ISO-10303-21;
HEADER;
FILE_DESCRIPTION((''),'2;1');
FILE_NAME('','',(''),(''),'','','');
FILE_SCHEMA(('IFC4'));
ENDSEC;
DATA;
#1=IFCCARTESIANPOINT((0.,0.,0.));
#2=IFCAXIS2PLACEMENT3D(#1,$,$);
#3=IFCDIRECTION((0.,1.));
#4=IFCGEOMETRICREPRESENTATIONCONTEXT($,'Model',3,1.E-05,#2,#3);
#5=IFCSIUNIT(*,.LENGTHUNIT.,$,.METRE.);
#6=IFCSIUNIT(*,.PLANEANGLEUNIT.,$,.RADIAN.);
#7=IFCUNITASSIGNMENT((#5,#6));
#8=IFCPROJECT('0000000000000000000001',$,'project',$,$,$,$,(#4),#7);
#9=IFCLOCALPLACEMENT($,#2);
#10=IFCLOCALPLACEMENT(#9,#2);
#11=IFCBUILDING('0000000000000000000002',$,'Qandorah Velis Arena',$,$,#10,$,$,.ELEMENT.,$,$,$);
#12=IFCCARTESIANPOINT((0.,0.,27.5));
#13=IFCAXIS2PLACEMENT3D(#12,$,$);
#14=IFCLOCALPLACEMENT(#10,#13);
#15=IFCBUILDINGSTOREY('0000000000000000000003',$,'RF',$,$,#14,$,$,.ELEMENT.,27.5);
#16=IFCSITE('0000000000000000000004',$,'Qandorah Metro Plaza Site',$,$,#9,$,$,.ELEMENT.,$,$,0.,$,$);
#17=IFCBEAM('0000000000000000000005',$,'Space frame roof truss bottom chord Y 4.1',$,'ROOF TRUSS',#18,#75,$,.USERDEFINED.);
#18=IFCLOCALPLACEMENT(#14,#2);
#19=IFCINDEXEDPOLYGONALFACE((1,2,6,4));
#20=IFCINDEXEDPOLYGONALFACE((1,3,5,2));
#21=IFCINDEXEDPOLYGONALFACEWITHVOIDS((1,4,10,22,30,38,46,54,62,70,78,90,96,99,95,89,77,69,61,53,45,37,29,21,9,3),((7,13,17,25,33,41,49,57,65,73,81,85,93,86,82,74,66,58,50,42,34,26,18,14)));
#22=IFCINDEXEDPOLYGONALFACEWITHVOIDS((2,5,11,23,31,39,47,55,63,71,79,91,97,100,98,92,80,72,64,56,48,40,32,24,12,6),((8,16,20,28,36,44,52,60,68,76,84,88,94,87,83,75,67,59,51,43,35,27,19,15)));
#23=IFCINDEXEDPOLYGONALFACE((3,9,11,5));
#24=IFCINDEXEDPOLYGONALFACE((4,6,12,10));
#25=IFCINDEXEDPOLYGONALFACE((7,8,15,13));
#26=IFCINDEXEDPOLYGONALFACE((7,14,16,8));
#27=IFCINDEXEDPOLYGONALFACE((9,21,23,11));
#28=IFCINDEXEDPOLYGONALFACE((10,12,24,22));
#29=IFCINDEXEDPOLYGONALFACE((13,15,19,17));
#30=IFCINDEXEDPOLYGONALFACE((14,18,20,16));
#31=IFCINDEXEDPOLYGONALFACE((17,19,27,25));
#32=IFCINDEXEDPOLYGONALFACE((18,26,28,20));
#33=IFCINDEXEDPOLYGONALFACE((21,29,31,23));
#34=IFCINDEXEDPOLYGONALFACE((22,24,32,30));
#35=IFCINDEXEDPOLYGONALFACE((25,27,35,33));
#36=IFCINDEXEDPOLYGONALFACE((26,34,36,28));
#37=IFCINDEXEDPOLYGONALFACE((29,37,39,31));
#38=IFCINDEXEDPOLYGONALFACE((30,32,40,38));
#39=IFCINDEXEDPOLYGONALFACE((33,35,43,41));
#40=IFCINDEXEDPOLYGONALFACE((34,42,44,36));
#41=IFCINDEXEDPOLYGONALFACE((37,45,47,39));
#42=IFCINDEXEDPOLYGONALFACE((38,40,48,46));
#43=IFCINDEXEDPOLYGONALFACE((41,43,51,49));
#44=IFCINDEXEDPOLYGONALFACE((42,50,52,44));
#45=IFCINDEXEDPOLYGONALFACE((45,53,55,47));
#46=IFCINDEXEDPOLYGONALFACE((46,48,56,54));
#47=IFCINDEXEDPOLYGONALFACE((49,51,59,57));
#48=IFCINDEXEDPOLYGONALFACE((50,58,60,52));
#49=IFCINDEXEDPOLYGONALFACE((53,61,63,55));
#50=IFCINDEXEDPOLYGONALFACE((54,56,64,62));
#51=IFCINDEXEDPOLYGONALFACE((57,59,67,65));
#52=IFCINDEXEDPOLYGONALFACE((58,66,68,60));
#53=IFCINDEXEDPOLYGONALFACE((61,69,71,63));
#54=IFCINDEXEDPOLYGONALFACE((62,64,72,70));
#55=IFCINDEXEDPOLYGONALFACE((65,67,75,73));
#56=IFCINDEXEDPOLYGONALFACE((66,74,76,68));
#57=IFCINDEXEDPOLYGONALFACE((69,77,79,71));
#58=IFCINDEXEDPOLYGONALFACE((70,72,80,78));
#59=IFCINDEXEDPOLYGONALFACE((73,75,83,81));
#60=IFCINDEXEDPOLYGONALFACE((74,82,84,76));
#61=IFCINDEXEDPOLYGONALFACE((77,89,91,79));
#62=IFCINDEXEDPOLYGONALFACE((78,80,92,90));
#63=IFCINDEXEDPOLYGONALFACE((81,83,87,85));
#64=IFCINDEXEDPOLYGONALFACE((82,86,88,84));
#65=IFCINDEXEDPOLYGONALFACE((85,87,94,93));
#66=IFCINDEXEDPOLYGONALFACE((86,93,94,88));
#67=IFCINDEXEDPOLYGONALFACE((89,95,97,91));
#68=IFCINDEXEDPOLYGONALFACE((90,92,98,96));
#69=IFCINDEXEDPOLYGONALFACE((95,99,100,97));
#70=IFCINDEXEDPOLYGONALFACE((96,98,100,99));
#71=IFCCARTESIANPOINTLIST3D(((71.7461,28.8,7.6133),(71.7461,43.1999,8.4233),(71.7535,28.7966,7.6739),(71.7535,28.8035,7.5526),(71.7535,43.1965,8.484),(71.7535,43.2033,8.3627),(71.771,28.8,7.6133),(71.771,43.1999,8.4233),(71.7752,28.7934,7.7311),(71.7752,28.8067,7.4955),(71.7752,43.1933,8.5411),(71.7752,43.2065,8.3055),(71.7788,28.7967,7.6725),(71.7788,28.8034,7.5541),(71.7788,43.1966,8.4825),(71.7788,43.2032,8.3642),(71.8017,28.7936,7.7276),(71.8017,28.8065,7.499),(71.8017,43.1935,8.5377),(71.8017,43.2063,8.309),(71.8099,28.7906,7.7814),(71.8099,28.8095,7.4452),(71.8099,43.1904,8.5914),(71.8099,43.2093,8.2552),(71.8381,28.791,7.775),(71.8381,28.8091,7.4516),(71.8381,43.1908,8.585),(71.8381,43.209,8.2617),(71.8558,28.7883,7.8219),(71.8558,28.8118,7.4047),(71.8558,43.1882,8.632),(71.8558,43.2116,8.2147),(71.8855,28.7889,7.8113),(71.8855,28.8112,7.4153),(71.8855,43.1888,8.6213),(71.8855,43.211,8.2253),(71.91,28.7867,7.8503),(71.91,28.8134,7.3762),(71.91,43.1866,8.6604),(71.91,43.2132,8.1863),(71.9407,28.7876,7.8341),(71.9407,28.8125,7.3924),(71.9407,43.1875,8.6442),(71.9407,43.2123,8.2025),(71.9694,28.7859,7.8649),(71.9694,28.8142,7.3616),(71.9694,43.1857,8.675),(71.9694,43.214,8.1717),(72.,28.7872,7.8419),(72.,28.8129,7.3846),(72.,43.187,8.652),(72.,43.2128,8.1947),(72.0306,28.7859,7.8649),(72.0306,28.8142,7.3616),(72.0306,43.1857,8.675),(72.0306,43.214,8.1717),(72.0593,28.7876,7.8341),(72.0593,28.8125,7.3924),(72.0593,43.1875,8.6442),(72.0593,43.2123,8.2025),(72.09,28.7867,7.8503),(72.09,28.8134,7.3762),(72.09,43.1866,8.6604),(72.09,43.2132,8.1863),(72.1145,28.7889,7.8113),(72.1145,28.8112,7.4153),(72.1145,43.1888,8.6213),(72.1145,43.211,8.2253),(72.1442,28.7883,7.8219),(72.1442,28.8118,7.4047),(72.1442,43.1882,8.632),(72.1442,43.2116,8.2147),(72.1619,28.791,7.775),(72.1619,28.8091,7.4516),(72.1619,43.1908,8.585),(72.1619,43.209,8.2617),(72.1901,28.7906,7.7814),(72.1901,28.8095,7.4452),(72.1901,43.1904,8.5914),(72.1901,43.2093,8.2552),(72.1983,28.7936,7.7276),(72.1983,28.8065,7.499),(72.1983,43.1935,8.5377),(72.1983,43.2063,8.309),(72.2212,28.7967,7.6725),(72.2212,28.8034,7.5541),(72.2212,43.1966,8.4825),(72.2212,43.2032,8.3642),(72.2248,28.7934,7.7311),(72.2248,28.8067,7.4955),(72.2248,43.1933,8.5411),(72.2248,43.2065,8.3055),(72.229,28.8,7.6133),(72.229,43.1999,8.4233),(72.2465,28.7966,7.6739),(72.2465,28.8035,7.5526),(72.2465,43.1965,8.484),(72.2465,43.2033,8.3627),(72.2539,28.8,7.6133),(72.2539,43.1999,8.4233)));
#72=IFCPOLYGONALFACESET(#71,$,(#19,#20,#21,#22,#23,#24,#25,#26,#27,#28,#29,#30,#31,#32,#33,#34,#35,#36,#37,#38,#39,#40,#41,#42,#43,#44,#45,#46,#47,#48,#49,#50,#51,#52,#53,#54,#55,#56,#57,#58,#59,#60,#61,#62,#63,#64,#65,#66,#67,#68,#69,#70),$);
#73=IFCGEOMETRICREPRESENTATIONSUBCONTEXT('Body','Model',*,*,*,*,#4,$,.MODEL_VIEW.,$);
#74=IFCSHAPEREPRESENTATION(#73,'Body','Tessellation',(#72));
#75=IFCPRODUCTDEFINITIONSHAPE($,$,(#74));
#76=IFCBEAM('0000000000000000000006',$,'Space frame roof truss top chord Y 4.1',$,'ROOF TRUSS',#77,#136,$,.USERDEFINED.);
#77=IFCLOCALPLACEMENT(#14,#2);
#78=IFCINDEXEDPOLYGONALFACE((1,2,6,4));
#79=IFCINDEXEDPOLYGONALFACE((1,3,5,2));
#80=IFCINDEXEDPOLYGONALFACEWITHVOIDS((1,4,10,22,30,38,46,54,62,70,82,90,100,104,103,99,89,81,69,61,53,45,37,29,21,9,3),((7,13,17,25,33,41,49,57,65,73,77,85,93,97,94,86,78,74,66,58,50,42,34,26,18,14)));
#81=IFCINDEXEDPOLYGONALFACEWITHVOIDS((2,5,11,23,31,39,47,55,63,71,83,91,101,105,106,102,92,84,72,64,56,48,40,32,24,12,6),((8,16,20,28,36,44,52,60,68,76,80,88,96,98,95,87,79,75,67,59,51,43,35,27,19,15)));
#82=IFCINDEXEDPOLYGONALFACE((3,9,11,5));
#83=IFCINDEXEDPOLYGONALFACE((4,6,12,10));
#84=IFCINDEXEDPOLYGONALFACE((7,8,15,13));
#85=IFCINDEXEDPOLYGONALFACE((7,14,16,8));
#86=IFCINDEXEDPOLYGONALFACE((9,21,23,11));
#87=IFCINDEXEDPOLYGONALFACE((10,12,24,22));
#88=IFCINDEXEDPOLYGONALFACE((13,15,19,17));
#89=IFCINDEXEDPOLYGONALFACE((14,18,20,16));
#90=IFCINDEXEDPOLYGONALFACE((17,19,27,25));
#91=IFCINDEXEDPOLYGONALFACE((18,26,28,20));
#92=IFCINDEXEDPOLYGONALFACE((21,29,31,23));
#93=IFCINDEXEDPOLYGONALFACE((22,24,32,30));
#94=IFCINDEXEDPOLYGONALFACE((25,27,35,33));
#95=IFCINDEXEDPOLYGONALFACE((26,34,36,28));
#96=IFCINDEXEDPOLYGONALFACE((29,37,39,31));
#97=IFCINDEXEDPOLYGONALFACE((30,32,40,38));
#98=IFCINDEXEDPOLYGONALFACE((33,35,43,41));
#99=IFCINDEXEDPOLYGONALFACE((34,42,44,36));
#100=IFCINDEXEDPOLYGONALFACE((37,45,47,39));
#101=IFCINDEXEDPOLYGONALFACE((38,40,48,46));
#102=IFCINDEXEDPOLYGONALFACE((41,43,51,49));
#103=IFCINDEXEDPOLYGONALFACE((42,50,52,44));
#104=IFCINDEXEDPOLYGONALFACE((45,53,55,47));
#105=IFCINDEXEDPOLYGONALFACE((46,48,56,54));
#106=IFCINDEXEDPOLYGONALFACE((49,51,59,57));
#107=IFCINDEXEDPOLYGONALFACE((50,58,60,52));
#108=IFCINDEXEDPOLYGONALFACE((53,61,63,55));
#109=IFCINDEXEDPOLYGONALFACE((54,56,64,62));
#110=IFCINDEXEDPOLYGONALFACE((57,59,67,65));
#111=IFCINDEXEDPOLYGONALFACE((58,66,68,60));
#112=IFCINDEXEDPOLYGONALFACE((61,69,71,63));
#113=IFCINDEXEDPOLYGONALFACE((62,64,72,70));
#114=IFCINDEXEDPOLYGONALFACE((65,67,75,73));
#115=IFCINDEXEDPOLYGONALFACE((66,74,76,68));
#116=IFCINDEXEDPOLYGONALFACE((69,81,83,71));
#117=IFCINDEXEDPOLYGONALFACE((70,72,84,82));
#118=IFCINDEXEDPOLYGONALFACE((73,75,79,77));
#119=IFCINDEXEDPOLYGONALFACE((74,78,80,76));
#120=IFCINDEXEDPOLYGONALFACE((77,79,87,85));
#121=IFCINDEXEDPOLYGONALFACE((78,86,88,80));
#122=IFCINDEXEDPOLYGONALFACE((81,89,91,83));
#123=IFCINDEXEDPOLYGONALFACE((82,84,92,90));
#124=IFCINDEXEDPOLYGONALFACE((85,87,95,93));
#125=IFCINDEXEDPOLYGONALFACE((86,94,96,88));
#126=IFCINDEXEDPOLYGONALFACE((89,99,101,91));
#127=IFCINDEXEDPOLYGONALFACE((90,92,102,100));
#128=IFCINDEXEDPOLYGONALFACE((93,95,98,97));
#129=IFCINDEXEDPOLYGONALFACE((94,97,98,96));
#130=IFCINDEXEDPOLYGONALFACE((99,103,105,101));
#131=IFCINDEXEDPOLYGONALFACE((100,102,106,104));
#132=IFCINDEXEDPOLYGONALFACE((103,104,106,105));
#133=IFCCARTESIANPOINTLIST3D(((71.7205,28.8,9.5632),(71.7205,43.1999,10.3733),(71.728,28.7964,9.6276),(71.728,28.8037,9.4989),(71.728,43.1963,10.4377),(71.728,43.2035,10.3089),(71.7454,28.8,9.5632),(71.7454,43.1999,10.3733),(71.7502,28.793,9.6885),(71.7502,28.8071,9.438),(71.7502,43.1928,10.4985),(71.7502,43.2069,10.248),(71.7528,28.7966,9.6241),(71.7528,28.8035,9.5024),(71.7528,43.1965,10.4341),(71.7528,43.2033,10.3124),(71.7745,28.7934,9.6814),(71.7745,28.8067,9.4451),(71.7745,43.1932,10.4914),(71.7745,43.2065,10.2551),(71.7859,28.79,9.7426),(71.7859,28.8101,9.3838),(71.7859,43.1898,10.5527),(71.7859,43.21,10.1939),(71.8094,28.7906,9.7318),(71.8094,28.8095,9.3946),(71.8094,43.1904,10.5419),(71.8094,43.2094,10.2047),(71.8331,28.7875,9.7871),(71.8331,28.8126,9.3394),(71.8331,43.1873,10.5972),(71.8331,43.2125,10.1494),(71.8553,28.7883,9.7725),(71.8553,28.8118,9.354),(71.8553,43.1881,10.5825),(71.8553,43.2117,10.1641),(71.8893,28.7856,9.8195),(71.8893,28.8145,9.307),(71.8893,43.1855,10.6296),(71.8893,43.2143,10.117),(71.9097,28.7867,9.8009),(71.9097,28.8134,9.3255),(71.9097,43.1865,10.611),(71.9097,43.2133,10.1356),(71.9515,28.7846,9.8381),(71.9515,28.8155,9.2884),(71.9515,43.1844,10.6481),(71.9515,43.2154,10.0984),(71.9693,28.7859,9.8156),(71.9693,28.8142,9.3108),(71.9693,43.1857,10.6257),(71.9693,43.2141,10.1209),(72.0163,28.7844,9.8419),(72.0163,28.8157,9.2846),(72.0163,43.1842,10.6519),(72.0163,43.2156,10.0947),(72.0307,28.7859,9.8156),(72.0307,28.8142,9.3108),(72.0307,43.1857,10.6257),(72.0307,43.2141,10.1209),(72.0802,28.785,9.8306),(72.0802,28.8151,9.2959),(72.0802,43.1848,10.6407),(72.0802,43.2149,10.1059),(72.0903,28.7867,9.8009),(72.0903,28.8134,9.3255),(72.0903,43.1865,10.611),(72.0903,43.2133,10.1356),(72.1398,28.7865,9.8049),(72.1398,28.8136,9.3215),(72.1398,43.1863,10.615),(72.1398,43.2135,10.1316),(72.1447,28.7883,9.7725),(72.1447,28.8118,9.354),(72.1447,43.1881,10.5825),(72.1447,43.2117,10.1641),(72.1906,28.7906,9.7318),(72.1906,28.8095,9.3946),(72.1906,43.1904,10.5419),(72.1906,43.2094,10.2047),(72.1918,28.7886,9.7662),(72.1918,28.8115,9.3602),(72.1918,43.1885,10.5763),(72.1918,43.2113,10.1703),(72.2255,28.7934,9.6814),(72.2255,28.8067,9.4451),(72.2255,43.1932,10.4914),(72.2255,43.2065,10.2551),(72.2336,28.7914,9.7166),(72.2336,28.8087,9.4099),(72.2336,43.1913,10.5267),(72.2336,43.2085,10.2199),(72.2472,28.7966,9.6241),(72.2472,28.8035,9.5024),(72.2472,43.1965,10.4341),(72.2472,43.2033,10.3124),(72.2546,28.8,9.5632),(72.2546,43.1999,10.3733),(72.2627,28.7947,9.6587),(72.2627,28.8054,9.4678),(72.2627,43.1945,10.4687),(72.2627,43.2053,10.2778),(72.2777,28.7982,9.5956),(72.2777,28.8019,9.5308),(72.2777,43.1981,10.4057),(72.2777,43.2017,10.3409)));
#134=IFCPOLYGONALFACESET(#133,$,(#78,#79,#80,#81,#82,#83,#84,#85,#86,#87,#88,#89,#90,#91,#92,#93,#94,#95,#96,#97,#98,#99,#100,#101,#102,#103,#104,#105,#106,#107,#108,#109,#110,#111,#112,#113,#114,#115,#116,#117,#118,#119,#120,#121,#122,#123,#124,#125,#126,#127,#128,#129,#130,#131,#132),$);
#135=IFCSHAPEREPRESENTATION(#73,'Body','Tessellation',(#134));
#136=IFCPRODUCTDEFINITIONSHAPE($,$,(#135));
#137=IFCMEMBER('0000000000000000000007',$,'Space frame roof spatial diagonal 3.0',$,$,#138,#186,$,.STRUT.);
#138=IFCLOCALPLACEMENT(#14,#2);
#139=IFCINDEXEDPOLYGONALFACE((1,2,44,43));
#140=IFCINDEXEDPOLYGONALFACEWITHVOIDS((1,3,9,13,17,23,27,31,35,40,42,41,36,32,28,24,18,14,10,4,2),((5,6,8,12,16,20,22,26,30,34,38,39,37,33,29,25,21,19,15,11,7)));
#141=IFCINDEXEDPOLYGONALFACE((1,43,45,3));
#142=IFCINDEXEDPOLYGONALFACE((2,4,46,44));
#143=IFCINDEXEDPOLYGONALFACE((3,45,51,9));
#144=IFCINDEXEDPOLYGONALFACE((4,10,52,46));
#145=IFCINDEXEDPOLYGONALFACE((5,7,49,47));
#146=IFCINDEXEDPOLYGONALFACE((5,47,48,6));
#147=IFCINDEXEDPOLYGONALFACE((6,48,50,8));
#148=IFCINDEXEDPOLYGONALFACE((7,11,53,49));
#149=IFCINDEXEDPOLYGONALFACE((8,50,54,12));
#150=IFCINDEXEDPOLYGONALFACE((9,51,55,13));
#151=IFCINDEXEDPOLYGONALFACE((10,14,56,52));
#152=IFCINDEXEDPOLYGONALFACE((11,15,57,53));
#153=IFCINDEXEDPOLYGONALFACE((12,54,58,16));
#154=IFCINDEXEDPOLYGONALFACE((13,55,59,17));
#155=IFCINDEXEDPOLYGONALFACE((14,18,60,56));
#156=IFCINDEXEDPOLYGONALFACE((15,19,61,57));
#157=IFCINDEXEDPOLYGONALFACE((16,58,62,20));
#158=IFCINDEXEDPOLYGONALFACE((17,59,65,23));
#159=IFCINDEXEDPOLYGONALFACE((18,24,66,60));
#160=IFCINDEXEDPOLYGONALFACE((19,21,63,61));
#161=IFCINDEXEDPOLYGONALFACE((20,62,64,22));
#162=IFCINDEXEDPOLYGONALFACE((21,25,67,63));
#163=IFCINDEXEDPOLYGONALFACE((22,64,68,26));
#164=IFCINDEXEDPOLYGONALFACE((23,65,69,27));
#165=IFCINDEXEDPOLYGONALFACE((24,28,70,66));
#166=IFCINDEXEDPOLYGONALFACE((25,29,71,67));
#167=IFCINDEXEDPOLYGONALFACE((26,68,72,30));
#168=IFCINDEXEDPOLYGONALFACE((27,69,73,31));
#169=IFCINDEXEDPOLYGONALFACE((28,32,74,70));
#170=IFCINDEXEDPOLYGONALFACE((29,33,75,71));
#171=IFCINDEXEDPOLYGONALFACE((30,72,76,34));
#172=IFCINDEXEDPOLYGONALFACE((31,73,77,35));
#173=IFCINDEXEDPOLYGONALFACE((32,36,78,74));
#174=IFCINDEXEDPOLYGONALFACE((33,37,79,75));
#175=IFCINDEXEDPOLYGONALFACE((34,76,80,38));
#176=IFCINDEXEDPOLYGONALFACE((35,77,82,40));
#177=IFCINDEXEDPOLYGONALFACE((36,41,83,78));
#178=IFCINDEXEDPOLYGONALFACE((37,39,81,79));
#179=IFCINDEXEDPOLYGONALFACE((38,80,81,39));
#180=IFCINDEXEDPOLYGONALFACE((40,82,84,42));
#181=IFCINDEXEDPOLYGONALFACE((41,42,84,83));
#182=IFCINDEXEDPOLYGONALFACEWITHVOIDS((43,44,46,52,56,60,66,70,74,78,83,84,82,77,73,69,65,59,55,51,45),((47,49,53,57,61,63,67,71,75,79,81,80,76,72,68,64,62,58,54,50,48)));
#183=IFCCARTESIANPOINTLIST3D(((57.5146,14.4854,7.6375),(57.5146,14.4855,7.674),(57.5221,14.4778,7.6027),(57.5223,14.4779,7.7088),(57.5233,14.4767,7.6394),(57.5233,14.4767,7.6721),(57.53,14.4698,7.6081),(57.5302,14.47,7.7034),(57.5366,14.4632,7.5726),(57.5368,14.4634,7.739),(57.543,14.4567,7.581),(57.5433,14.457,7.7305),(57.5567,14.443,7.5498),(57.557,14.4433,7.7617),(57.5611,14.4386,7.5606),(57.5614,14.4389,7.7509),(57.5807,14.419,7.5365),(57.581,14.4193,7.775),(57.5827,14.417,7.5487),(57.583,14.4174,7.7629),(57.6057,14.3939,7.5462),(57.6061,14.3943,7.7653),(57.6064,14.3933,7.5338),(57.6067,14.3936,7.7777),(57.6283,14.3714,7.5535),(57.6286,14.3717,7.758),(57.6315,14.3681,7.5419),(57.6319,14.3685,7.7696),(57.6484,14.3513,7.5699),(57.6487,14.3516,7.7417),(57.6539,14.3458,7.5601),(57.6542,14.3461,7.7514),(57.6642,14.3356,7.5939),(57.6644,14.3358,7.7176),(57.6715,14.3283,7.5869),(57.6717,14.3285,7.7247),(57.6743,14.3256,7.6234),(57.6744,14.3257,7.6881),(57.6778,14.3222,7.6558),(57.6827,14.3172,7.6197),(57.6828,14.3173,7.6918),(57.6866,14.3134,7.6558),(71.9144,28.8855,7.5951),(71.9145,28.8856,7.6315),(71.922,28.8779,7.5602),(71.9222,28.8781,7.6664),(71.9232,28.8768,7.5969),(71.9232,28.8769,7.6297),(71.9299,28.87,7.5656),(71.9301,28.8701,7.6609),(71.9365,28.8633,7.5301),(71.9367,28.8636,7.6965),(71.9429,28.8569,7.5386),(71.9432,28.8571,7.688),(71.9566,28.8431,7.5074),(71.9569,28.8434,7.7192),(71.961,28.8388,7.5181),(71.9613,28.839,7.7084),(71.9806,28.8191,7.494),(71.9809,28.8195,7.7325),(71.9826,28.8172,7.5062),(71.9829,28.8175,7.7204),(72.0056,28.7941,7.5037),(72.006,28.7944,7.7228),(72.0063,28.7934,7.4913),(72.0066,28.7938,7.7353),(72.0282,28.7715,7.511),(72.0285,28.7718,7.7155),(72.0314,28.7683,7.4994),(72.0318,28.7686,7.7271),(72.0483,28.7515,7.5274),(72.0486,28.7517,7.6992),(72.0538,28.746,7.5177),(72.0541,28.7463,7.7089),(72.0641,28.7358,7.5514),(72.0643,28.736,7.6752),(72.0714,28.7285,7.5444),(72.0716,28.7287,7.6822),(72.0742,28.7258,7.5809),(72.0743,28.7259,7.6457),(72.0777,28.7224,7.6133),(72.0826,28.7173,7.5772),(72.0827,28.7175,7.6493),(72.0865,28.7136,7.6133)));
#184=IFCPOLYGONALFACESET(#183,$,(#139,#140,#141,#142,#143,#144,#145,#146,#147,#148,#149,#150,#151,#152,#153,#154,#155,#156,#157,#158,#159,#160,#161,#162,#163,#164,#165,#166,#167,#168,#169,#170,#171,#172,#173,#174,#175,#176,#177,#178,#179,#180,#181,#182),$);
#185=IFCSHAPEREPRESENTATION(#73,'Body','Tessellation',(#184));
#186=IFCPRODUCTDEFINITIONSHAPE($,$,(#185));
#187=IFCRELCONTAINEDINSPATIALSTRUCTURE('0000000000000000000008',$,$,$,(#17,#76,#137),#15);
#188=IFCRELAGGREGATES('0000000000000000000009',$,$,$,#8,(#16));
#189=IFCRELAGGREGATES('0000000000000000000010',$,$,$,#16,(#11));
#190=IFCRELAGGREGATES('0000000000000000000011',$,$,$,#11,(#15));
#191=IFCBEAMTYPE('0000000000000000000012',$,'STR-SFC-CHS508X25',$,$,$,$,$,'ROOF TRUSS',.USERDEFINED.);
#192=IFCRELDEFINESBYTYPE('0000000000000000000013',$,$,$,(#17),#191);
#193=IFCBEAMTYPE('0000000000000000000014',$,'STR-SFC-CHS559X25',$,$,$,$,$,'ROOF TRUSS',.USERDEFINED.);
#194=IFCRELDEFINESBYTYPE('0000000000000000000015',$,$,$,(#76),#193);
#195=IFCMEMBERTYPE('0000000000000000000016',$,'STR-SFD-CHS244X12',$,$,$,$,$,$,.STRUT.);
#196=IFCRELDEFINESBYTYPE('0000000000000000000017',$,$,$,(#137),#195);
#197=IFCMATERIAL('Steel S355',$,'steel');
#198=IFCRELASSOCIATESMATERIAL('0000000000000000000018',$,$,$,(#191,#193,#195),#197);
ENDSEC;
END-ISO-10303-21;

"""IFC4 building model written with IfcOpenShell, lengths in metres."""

from ifc_helpers import new_model, si_unit, direction, frame, origin, origin_2d, place, context, subcontext, project, spatial, hollow_circle, extrude, material, material_profile, profile_set, type_object, element, save


model = new_model("IFC4")

# Units and contexts
model_context = context("Model", 3, precision=1e-05, world=origin(), true_north=direction((0.0, 1.0)))
body_context = subcontext(model_context, "Body", "Model", "MODEL_VIEW")
ifc_project = project(units=[si_unit("LENGTHUNIT", "METRE"), si_unit("PLANEANGLEUNIT", "RADIAN")], contexts=[model_context])

# Site, building, storey
site_placement = place(None, origin())
site = spatial("IfcSite", under=ifc_project, at=site_placement, Name="Qandorah Metro Plaza Site", CompositionType="ELEMENT", RefElevation=0.0)
building_placement = place(site_placement, origin())
building = spatial("IfcBuilding", under=site, at=building_placement, Name="Qandorah Velis Arena", CompositionType="ELEMENT")
storey_placement = place(building_placement, frame((0.0, 0.0, 27.5)))
storey = spatial("IfcBuildingStorey", under=building, at=storey_placement, Name="RF", CompositionType="ELEMENT", Elevation=27.5)

# Shared definitions
ifc_material_1 = material(Name="Steel S355", Category="steel")

# Beams
ifc_material_profile_1 = material_profile(ifc_material_1, hollow_circle(Radius=0.2539, WallThickness=0.0249, at=origin_2d()), Name="CHS 508x25")
ifc_profile_set_1 = profile_set([ifc_material_profile_1], Name="Steel S355")
beam_type_1 = type_object("IfcBeamType", Name="STR-SFC-CHS508X25", ElementType="ROOF TRUSS", PredefinedType="USERDEFINED", material=ifc_profile_set_1)
beam_1_placement = place(storey_placement, frame((72.0, 28.8, 7.6133), z_axis=(0.0, 0.998421, 0.056166), x_axis=(-1.0, 0.0, 0.0)))
element("IfcBeam", 1, at=beam_1_placement, inside=storey, type_object=beam_type_1, Name="Space frame roof truss bottom chord Y 4.1", ObjectType="ROOF TRUSS", PredefinedType="USERDEFINED", context=body_context, shape_type="SweptSolid", body=[
    extrude(hollow_circle(Radius=0.2539, WallThickness=0.0249, at=origin_2d()), origin(), (0.0, 0.0, 1.0), 14.4226),
])
ifc_material_profile_2 = material_profile(ifc_material_1, hollow_circle(Radius=0.2795, WallThickness=0.0249, at=origin_2d()), Name="CHS 559x25")
ifc_profile_set_2 = profile_set([ifc_material_profile_2], Name="Steel S355")
beam_type_2 = type_object("IfcBeamType", Name="STR-SFC-CHS559X25", ElementType="ROOF TRUSS", PredefinedType="USERDEFINED", material=ifc_profile_set_2)
beam_2_placement = place(storey_placement, frame((72.0, 28.8, 9.5632), z_axis=(0.0, 0.998421, 0.056166), x_axis=(-1.0, 0.0, 0.0)))
element("IfcBeam", 2, at=beam_2_placement, inside=storey, type_object=beam_type_2, Name="Space frame roof truss top chord Y 4.1", ObjectType="ROOF TRUSS", PredefinedType="USERDEFINED", context=body_context, shape_type="SweptSolid", body=[
    extrude(hollow_circle(Radius=0.2795, WallThickness=0.0249, at=origin_2d()), origin(), (0.0, 0.0, 1.0), 14.4226),
])

# Member
ifc_material_profile_3 = material_profile(ifc_material_1, hollow_circle(Radius=0.1223, WallThickness=0.0125, at=origin_2d()), Name="CHS 244.5x12.5")
ifc_profile_set_3 = profile_set([ifc_material_profile_3], Name="Steel S355")
member_type_1 = type_object("IfcMemberType", Name="STR-SFD-CHS244X12", PredefinedType="STRUT", material=ifc_profile_set_3)
member_1_placement = place(storey_placement, frame((72.0, 28.8, 7.6133), z_axis=(-0.707099, -0.707111, 0.002086), x_axis=(0.707113, -0.707101, 0.0)))
element("IfcMember", 3, at=member_1_placement, inside=storey, type_object=member_type_1, Name="Space frame roof spatial diagonal 3.0", PredefinedType="STRUT", context=body_context, shape_type="SweptSolid", body=[
    extrude(hollow_circle(Radius=0.1223, WallThickness=0.0125, at=origin_2d()), origin(), (0.0, 0.0, 1.0), 20.3647),
])

save(model, "model.ifc")
